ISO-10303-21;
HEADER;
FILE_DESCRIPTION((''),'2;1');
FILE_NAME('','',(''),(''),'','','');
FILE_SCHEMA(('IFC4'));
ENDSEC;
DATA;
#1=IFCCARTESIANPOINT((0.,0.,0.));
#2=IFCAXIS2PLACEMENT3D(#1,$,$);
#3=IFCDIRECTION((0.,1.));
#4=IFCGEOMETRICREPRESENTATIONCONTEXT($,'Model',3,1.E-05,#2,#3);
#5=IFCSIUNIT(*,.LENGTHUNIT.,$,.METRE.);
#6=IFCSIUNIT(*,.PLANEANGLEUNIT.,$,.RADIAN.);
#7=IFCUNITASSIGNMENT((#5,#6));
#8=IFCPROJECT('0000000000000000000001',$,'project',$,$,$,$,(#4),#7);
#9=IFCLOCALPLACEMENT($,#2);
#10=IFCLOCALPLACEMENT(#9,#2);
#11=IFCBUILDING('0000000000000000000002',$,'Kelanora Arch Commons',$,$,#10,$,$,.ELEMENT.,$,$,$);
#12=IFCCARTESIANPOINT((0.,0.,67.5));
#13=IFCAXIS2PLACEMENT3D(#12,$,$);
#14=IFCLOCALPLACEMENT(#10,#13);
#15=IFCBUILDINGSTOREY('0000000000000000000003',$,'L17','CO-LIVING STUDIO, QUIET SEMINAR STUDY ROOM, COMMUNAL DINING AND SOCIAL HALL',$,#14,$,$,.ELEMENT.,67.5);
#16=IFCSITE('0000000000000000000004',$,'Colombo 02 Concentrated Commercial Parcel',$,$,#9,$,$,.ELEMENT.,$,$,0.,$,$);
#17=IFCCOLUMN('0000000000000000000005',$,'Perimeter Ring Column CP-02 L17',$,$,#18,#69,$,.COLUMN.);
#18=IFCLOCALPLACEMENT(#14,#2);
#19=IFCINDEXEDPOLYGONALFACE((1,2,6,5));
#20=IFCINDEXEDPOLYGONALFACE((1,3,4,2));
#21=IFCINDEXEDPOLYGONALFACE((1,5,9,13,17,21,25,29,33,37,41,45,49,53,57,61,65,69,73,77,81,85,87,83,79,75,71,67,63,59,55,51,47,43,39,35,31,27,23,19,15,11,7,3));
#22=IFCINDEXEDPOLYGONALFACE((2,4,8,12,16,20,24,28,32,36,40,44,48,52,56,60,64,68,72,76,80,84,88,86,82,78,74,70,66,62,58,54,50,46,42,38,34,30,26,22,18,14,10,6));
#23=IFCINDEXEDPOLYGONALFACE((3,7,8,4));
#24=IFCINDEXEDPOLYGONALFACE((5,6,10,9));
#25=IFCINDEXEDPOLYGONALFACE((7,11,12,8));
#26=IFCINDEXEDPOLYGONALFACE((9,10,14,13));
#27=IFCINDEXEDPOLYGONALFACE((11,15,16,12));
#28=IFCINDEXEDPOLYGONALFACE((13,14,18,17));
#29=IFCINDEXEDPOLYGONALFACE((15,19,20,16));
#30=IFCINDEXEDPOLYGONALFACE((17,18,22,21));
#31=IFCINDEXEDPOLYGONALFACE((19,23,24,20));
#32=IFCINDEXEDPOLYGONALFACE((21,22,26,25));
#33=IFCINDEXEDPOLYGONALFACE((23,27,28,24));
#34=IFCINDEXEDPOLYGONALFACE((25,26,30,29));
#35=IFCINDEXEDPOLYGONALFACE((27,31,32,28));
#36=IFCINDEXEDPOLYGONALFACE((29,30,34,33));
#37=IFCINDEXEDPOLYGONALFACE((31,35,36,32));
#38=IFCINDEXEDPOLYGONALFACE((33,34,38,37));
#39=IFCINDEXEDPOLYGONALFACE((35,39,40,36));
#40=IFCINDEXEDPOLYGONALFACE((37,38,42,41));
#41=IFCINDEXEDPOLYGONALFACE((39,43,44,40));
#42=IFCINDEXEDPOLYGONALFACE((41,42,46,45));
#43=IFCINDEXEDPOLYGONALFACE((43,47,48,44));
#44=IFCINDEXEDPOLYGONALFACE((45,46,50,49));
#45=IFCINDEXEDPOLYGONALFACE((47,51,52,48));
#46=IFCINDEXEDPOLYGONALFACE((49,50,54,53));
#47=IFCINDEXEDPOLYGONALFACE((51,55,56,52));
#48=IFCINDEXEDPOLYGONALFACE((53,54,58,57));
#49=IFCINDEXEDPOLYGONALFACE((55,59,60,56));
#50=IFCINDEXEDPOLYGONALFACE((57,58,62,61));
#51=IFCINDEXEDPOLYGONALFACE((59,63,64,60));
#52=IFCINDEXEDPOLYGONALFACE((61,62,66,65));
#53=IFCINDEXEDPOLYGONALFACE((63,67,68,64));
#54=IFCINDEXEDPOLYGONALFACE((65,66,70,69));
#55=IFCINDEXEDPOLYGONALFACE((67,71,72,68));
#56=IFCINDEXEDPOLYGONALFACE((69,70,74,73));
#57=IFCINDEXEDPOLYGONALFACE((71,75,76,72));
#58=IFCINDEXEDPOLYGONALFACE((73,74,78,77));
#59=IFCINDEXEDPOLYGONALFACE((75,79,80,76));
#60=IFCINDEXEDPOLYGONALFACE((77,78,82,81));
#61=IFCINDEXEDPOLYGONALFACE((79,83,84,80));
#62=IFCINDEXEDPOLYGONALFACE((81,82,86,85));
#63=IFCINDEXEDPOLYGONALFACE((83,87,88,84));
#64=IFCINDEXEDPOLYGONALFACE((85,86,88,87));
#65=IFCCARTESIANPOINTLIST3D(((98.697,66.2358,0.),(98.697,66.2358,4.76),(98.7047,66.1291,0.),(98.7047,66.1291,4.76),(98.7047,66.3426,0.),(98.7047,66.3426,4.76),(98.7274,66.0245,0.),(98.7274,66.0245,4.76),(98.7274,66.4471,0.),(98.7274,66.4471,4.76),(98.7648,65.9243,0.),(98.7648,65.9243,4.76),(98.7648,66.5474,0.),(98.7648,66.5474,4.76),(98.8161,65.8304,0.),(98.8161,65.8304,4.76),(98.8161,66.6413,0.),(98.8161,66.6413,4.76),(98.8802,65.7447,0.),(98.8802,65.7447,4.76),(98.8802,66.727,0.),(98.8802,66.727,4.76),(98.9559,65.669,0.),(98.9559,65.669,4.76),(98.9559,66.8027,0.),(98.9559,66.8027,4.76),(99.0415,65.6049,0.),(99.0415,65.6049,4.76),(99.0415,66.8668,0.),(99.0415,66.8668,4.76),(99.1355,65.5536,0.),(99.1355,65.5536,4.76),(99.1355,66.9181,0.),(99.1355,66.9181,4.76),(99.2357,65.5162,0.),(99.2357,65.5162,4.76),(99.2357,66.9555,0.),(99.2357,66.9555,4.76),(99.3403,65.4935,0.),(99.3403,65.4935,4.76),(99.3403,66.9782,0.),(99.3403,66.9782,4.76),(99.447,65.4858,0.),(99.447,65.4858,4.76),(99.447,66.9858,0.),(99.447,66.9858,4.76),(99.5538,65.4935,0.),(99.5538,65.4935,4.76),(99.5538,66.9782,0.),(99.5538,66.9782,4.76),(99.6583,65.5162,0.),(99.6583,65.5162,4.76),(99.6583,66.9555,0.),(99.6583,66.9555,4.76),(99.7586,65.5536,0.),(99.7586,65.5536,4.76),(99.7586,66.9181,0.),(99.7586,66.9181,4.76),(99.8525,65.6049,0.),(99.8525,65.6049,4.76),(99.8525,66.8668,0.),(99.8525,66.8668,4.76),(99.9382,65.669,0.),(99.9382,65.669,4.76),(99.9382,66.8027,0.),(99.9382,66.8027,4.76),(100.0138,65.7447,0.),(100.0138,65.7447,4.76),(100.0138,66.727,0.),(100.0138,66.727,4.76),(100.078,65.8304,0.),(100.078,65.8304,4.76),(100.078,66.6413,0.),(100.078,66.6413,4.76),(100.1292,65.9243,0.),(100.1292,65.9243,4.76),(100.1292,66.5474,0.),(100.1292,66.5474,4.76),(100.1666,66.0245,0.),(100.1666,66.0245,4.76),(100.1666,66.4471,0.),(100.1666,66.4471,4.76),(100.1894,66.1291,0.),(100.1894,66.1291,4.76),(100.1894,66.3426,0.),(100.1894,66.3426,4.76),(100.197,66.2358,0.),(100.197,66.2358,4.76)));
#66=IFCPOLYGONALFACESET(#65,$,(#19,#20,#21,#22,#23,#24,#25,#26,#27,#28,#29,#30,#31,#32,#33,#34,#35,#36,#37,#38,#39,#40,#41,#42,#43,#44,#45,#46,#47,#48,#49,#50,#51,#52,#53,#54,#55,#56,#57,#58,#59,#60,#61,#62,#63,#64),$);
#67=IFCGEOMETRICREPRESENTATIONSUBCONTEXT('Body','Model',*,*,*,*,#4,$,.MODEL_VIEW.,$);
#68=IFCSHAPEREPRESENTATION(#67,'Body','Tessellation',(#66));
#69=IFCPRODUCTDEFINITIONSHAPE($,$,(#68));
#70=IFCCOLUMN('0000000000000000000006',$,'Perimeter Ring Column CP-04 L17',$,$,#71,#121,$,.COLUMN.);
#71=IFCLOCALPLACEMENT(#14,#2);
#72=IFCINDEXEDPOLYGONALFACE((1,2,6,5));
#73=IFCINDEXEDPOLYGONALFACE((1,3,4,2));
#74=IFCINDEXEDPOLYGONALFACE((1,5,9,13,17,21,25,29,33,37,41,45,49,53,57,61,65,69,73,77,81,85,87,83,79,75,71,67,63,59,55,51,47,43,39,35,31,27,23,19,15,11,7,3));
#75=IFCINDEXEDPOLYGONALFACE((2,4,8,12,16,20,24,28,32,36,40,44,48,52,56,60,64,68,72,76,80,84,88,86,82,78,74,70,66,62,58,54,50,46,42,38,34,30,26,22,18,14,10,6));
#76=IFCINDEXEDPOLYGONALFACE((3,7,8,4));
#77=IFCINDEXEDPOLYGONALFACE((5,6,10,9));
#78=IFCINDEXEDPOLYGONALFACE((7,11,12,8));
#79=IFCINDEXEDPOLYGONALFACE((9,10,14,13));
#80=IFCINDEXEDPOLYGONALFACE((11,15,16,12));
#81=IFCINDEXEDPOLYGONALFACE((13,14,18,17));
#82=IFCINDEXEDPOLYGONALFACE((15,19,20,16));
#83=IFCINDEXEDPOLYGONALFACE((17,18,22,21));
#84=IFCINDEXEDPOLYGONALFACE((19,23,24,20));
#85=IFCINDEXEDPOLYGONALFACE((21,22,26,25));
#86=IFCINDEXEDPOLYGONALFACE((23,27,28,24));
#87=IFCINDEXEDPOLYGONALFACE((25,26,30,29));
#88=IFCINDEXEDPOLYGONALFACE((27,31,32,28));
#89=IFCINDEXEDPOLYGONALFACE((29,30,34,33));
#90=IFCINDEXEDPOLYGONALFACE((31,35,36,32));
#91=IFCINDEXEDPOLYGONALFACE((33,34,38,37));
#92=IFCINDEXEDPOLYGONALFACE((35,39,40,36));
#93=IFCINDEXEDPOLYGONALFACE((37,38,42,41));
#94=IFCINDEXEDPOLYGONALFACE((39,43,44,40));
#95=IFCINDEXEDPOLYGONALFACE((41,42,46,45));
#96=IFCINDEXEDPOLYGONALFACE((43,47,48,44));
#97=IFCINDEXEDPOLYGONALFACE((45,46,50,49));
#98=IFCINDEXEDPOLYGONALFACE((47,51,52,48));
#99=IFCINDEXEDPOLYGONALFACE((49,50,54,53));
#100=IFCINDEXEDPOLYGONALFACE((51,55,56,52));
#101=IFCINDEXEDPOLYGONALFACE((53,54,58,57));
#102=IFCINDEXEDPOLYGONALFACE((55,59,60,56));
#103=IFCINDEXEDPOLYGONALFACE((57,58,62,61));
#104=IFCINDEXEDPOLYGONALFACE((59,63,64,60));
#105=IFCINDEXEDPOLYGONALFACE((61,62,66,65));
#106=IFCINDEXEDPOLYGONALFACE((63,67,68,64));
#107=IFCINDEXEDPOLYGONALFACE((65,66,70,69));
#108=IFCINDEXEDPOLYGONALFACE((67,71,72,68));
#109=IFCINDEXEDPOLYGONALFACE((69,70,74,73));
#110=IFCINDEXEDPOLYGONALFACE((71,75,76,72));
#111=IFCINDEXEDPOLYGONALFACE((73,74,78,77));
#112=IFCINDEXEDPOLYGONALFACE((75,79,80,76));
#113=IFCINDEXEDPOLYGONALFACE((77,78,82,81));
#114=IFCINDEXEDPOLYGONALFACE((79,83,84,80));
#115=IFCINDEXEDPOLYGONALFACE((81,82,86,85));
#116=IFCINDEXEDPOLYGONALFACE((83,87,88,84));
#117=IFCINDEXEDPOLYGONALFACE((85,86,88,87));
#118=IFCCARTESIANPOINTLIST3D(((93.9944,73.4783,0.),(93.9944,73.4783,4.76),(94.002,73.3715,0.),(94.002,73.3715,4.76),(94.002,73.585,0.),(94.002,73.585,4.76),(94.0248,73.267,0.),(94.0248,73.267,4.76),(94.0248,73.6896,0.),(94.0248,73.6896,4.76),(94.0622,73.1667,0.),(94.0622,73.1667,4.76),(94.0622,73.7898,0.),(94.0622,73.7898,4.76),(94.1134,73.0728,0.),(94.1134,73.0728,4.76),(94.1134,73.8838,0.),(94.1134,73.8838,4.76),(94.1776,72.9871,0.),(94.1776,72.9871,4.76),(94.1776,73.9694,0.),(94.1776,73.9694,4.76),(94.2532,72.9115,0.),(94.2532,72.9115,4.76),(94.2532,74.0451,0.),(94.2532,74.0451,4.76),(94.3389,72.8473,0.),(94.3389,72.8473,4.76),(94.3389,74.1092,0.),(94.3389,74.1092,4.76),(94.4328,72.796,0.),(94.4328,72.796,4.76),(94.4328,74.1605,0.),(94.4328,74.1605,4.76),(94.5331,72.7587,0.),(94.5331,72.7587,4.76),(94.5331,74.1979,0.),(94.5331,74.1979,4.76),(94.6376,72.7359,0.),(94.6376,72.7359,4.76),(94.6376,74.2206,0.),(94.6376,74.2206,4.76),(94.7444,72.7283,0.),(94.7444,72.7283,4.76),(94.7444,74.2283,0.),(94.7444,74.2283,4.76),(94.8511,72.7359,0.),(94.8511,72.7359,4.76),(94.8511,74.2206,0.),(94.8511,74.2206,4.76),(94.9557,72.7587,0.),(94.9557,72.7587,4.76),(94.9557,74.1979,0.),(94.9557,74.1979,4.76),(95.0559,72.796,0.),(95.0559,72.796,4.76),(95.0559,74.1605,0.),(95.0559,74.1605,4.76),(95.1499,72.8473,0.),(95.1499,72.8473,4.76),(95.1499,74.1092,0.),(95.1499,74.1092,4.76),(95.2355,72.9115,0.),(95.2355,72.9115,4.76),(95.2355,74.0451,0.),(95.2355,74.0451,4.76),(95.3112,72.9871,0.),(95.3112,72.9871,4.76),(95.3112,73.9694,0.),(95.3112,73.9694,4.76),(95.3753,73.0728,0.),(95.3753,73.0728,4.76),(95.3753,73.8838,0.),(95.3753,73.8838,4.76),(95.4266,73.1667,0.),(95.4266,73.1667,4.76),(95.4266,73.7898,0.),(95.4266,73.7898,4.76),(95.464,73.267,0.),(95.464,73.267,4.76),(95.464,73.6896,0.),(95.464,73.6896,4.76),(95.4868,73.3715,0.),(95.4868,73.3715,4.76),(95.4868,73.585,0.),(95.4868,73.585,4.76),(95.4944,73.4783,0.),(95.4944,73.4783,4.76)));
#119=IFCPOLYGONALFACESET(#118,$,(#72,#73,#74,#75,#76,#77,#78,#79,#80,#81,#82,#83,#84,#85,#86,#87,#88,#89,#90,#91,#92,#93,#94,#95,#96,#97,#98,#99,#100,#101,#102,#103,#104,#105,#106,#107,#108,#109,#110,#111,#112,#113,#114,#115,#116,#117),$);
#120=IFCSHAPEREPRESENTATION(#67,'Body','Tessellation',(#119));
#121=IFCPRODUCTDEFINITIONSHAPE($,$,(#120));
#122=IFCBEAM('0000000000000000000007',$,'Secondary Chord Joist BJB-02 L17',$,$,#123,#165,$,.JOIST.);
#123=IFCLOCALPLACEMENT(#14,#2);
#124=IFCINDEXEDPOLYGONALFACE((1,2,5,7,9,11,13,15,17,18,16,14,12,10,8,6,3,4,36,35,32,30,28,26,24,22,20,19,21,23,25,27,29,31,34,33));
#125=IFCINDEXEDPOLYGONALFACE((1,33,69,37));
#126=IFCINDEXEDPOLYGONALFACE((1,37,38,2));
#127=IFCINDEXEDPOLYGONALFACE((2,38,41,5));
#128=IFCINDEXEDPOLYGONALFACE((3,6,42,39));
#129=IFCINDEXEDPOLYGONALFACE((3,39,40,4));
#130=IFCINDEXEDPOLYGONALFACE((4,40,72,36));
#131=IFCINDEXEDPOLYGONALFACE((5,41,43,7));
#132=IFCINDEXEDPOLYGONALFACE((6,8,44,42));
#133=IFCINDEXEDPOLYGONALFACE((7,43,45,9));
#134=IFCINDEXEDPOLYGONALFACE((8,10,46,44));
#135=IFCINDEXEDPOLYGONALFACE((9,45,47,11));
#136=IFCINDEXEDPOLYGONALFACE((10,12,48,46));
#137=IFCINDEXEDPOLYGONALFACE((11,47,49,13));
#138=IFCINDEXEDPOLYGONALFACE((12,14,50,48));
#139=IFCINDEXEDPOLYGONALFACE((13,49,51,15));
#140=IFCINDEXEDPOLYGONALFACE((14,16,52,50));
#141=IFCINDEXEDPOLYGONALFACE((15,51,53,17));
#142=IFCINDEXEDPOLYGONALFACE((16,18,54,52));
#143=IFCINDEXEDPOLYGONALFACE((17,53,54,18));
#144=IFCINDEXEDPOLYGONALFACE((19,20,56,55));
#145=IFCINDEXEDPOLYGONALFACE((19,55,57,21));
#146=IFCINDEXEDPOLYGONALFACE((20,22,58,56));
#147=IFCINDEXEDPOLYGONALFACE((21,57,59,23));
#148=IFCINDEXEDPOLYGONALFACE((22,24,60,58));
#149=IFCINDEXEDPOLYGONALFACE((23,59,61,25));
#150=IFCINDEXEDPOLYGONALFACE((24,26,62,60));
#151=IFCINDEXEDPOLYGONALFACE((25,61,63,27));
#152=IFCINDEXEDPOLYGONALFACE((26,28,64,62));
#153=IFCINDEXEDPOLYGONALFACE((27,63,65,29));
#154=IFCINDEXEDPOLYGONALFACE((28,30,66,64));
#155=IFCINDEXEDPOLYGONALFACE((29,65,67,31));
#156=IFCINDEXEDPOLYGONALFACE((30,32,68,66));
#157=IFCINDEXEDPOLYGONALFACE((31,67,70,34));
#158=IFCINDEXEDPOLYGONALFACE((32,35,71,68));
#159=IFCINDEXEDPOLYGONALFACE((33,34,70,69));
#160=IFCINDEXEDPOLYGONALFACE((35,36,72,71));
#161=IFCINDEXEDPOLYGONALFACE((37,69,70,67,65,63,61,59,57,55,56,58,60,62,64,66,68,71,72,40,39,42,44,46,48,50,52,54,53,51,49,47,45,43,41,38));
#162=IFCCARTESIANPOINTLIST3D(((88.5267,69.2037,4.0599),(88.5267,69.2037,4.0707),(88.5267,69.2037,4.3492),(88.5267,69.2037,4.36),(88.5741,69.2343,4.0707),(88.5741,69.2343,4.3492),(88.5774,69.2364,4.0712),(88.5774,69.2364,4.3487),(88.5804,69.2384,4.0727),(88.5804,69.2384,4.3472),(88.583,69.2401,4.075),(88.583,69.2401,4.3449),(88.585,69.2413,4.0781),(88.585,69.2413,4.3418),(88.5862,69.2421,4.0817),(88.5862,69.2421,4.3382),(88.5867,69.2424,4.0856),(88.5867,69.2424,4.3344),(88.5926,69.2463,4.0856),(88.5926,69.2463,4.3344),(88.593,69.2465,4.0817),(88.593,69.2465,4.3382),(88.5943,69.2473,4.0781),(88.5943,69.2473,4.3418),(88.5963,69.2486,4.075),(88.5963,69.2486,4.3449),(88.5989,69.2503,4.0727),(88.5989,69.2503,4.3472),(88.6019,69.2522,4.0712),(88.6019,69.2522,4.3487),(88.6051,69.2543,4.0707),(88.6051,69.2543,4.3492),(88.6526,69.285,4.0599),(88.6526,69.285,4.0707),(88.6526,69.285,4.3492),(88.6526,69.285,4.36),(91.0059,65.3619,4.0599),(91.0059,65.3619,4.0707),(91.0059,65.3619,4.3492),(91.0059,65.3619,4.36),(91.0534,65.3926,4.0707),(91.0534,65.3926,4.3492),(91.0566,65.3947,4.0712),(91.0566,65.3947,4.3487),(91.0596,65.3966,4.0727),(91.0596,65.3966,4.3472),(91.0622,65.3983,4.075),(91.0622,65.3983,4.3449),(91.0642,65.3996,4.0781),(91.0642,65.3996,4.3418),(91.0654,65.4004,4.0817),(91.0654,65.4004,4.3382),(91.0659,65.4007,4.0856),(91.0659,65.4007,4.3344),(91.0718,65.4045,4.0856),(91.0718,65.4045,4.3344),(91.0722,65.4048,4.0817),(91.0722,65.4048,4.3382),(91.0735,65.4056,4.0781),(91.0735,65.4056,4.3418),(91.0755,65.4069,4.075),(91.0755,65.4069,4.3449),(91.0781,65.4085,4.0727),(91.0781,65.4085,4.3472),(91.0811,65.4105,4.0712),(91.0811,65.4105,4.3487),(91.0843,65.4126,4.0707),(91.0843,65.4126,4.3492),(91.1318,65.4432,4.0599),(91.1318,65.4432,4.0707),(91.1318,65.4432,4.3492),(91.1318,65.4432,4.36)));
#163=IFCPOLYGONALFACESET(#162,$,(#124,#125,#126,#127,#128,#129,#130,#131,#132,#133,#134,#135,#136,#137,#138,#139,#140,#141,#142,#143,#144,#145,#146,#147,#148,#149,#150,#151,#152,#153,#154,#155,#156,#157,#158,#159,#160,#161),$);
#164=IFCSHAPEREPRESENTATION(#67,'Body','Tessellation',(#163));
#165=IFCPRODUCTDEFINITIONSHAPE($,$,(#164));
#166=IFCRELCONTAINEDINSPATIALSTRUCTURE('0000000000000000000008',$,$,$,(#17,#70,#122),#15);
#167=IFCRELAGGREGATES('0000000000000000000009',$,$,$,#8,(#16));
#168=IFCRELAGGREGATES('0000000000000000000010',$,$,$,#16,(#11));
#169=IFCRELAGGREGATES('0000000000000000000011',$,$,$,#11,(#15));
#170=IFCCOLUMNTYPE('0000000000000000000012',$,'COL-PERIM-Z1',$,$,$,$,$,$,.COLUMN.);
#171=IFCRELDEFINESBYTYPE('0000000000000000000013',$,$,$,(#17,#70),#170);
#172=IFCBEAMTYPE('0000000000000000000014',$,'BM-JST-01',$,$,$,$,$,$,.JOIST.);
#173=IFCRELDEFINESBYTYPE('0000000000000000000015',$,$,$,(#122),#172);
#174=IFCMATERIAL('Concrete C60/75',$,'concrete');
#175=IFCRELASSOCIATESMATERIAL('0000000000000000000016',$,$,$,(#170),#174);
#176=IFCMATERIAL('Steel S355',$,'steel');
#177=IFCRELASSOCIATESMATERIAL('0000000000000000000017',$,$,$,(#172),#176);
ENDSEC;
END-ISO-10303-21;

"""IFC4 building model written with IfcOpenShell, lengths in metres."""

from ifc_helpers import new_model, si_unit, direction, frame, origin, origin_2d, place, context, subcontext, project, spatial, circle, i_section, extrude, material, material_profile, profile_set, type_object, element, save


model = new_model("IFC4")

# Units and contexts
model_context = context("Model", 3, precision=1e-05, world=origin(), true_north=direction((0.0, 1.0)))
body_context = subcontext(model_context, "Body", "Model", "MODEL_VIEW")
ifc_project = project(units=[si_unit("LENGTHUNIT", "METRE"), si_unit("PLANEANGLEUNIT", "RADIAN")], contexts=[model_context])

# Site, building, storey
site_placement = place(None, origin())
site = spatial("IfcSite", under=ifc_project, at=site_placement, Name="Colombo 02 Concentrated Commercial Parcel", CompositionType="ELEMENT", RefElevation=0.0)
building_placement = place(site_placement, origin())
building = spatial("IfcBuilding", under=site, at=building_placement, Name="Kelanora Arch Commons", CompositionType="ELEMENT")
storey_placement = place(building_placement, frame((0.0, 0.0, 67.5)))
storey = spatial("IfcBuildingStorey", under=building, at=storey_placement, Name="L17", Description="CO-LIVING STUDIO, QUIET SEMINAR STUDY ROOM, COMMUNAL DINING AND SOCIAL HALL", CompositionType="ELEMENT", Elevation=67.5)

# Columns
ifc_material_1 = material(Name="Concrete C60/75", Category="concrete")
ifc_material_profile_1 = material_profile(ifc_material_1, circle(Radius=0.75, at=origin_2d()), Name="RCC1500")
ifc_profile_set_1 = profile_set([ifc_material_profile_1], Name="Concrete C60/75")
column_type = type_object("IfcColumnType", Name="COL-PERIM-Z1", PredefinedType="COLUMN", material=ifc_profile_set_1)
for number, where, z_axis, x_axis, name in (
    (1, (99.447, 66.2358, 0.0), (0.0, 0.0, 1.0), (1.0, 0.0, 0.0), "Perimeter Ring Column CP-02 L17"),
    (2, (94.7444, 73.4783, 0.0), (0.0, 0.0, 1.0), (1.0, 0.0, 0.0), "Perimeter Ring Column CP-04 L17"),
):
    element("IfcColumn", number, at=place(storey_placement, frame(where, z_axis=z_axis, x_axis=x_axis)), inside=storey, type_object=column_type, Name=name, PredefinedType="COLUMN", context=body_context, shape_type="SweptSolid", body=[
        extrude(circle(Radius=0.75, at=origin_2d()), origin(), (0.0, 0.0, 1.0), 4.76),
    ])

# Beam
ifc_material_2 = material(Name="Steel S355", Category="steel")
ifc_material_profile_2 = material_profile(ifc_material_2, i_section(OverallWidth=0.1499, OverallDepth=0.3, WebThickness=0.0071, FlangeThickness=0.0107, FilletRadius=0.0149, at=origin_2d()), Name="IPE300")
ifc_profile_set_2 = profile_set([ifc_material_profile_2], Name="Steel S355")
beam_type_1 = type_object("IfcBeamType", Name="BM-JST-01", PredefinedType="JOIST", material=ifc_profile_set_2)
beam_1_placement = place(storey_placement, frame((91.0688, 65.4026, 4.21), z_axis=(-0.54223, 0.84023, 0.0), x_axis=(-0.84023, -0.54223, 0.0)))
element("IfcBeam", 3, at=beam_1_placement, inside=storey, type_object=beam_type_1, Name="Secondary Chord Joist BJB-02 L17", PredefinedType="JOIST", context=body_context, shape_type="SweptSolid", body=[
    extrude(i_section(OverallWidth=0.1499, OverallDepth=0.3, WebThickness=0.0071, FlangeThickness=0.0107, FilletRadius=0.0149, at=origin_2d()), origin(), (0.0, 0.0, 1.0), 4.5723),
])

save(model, "model.ifc")
